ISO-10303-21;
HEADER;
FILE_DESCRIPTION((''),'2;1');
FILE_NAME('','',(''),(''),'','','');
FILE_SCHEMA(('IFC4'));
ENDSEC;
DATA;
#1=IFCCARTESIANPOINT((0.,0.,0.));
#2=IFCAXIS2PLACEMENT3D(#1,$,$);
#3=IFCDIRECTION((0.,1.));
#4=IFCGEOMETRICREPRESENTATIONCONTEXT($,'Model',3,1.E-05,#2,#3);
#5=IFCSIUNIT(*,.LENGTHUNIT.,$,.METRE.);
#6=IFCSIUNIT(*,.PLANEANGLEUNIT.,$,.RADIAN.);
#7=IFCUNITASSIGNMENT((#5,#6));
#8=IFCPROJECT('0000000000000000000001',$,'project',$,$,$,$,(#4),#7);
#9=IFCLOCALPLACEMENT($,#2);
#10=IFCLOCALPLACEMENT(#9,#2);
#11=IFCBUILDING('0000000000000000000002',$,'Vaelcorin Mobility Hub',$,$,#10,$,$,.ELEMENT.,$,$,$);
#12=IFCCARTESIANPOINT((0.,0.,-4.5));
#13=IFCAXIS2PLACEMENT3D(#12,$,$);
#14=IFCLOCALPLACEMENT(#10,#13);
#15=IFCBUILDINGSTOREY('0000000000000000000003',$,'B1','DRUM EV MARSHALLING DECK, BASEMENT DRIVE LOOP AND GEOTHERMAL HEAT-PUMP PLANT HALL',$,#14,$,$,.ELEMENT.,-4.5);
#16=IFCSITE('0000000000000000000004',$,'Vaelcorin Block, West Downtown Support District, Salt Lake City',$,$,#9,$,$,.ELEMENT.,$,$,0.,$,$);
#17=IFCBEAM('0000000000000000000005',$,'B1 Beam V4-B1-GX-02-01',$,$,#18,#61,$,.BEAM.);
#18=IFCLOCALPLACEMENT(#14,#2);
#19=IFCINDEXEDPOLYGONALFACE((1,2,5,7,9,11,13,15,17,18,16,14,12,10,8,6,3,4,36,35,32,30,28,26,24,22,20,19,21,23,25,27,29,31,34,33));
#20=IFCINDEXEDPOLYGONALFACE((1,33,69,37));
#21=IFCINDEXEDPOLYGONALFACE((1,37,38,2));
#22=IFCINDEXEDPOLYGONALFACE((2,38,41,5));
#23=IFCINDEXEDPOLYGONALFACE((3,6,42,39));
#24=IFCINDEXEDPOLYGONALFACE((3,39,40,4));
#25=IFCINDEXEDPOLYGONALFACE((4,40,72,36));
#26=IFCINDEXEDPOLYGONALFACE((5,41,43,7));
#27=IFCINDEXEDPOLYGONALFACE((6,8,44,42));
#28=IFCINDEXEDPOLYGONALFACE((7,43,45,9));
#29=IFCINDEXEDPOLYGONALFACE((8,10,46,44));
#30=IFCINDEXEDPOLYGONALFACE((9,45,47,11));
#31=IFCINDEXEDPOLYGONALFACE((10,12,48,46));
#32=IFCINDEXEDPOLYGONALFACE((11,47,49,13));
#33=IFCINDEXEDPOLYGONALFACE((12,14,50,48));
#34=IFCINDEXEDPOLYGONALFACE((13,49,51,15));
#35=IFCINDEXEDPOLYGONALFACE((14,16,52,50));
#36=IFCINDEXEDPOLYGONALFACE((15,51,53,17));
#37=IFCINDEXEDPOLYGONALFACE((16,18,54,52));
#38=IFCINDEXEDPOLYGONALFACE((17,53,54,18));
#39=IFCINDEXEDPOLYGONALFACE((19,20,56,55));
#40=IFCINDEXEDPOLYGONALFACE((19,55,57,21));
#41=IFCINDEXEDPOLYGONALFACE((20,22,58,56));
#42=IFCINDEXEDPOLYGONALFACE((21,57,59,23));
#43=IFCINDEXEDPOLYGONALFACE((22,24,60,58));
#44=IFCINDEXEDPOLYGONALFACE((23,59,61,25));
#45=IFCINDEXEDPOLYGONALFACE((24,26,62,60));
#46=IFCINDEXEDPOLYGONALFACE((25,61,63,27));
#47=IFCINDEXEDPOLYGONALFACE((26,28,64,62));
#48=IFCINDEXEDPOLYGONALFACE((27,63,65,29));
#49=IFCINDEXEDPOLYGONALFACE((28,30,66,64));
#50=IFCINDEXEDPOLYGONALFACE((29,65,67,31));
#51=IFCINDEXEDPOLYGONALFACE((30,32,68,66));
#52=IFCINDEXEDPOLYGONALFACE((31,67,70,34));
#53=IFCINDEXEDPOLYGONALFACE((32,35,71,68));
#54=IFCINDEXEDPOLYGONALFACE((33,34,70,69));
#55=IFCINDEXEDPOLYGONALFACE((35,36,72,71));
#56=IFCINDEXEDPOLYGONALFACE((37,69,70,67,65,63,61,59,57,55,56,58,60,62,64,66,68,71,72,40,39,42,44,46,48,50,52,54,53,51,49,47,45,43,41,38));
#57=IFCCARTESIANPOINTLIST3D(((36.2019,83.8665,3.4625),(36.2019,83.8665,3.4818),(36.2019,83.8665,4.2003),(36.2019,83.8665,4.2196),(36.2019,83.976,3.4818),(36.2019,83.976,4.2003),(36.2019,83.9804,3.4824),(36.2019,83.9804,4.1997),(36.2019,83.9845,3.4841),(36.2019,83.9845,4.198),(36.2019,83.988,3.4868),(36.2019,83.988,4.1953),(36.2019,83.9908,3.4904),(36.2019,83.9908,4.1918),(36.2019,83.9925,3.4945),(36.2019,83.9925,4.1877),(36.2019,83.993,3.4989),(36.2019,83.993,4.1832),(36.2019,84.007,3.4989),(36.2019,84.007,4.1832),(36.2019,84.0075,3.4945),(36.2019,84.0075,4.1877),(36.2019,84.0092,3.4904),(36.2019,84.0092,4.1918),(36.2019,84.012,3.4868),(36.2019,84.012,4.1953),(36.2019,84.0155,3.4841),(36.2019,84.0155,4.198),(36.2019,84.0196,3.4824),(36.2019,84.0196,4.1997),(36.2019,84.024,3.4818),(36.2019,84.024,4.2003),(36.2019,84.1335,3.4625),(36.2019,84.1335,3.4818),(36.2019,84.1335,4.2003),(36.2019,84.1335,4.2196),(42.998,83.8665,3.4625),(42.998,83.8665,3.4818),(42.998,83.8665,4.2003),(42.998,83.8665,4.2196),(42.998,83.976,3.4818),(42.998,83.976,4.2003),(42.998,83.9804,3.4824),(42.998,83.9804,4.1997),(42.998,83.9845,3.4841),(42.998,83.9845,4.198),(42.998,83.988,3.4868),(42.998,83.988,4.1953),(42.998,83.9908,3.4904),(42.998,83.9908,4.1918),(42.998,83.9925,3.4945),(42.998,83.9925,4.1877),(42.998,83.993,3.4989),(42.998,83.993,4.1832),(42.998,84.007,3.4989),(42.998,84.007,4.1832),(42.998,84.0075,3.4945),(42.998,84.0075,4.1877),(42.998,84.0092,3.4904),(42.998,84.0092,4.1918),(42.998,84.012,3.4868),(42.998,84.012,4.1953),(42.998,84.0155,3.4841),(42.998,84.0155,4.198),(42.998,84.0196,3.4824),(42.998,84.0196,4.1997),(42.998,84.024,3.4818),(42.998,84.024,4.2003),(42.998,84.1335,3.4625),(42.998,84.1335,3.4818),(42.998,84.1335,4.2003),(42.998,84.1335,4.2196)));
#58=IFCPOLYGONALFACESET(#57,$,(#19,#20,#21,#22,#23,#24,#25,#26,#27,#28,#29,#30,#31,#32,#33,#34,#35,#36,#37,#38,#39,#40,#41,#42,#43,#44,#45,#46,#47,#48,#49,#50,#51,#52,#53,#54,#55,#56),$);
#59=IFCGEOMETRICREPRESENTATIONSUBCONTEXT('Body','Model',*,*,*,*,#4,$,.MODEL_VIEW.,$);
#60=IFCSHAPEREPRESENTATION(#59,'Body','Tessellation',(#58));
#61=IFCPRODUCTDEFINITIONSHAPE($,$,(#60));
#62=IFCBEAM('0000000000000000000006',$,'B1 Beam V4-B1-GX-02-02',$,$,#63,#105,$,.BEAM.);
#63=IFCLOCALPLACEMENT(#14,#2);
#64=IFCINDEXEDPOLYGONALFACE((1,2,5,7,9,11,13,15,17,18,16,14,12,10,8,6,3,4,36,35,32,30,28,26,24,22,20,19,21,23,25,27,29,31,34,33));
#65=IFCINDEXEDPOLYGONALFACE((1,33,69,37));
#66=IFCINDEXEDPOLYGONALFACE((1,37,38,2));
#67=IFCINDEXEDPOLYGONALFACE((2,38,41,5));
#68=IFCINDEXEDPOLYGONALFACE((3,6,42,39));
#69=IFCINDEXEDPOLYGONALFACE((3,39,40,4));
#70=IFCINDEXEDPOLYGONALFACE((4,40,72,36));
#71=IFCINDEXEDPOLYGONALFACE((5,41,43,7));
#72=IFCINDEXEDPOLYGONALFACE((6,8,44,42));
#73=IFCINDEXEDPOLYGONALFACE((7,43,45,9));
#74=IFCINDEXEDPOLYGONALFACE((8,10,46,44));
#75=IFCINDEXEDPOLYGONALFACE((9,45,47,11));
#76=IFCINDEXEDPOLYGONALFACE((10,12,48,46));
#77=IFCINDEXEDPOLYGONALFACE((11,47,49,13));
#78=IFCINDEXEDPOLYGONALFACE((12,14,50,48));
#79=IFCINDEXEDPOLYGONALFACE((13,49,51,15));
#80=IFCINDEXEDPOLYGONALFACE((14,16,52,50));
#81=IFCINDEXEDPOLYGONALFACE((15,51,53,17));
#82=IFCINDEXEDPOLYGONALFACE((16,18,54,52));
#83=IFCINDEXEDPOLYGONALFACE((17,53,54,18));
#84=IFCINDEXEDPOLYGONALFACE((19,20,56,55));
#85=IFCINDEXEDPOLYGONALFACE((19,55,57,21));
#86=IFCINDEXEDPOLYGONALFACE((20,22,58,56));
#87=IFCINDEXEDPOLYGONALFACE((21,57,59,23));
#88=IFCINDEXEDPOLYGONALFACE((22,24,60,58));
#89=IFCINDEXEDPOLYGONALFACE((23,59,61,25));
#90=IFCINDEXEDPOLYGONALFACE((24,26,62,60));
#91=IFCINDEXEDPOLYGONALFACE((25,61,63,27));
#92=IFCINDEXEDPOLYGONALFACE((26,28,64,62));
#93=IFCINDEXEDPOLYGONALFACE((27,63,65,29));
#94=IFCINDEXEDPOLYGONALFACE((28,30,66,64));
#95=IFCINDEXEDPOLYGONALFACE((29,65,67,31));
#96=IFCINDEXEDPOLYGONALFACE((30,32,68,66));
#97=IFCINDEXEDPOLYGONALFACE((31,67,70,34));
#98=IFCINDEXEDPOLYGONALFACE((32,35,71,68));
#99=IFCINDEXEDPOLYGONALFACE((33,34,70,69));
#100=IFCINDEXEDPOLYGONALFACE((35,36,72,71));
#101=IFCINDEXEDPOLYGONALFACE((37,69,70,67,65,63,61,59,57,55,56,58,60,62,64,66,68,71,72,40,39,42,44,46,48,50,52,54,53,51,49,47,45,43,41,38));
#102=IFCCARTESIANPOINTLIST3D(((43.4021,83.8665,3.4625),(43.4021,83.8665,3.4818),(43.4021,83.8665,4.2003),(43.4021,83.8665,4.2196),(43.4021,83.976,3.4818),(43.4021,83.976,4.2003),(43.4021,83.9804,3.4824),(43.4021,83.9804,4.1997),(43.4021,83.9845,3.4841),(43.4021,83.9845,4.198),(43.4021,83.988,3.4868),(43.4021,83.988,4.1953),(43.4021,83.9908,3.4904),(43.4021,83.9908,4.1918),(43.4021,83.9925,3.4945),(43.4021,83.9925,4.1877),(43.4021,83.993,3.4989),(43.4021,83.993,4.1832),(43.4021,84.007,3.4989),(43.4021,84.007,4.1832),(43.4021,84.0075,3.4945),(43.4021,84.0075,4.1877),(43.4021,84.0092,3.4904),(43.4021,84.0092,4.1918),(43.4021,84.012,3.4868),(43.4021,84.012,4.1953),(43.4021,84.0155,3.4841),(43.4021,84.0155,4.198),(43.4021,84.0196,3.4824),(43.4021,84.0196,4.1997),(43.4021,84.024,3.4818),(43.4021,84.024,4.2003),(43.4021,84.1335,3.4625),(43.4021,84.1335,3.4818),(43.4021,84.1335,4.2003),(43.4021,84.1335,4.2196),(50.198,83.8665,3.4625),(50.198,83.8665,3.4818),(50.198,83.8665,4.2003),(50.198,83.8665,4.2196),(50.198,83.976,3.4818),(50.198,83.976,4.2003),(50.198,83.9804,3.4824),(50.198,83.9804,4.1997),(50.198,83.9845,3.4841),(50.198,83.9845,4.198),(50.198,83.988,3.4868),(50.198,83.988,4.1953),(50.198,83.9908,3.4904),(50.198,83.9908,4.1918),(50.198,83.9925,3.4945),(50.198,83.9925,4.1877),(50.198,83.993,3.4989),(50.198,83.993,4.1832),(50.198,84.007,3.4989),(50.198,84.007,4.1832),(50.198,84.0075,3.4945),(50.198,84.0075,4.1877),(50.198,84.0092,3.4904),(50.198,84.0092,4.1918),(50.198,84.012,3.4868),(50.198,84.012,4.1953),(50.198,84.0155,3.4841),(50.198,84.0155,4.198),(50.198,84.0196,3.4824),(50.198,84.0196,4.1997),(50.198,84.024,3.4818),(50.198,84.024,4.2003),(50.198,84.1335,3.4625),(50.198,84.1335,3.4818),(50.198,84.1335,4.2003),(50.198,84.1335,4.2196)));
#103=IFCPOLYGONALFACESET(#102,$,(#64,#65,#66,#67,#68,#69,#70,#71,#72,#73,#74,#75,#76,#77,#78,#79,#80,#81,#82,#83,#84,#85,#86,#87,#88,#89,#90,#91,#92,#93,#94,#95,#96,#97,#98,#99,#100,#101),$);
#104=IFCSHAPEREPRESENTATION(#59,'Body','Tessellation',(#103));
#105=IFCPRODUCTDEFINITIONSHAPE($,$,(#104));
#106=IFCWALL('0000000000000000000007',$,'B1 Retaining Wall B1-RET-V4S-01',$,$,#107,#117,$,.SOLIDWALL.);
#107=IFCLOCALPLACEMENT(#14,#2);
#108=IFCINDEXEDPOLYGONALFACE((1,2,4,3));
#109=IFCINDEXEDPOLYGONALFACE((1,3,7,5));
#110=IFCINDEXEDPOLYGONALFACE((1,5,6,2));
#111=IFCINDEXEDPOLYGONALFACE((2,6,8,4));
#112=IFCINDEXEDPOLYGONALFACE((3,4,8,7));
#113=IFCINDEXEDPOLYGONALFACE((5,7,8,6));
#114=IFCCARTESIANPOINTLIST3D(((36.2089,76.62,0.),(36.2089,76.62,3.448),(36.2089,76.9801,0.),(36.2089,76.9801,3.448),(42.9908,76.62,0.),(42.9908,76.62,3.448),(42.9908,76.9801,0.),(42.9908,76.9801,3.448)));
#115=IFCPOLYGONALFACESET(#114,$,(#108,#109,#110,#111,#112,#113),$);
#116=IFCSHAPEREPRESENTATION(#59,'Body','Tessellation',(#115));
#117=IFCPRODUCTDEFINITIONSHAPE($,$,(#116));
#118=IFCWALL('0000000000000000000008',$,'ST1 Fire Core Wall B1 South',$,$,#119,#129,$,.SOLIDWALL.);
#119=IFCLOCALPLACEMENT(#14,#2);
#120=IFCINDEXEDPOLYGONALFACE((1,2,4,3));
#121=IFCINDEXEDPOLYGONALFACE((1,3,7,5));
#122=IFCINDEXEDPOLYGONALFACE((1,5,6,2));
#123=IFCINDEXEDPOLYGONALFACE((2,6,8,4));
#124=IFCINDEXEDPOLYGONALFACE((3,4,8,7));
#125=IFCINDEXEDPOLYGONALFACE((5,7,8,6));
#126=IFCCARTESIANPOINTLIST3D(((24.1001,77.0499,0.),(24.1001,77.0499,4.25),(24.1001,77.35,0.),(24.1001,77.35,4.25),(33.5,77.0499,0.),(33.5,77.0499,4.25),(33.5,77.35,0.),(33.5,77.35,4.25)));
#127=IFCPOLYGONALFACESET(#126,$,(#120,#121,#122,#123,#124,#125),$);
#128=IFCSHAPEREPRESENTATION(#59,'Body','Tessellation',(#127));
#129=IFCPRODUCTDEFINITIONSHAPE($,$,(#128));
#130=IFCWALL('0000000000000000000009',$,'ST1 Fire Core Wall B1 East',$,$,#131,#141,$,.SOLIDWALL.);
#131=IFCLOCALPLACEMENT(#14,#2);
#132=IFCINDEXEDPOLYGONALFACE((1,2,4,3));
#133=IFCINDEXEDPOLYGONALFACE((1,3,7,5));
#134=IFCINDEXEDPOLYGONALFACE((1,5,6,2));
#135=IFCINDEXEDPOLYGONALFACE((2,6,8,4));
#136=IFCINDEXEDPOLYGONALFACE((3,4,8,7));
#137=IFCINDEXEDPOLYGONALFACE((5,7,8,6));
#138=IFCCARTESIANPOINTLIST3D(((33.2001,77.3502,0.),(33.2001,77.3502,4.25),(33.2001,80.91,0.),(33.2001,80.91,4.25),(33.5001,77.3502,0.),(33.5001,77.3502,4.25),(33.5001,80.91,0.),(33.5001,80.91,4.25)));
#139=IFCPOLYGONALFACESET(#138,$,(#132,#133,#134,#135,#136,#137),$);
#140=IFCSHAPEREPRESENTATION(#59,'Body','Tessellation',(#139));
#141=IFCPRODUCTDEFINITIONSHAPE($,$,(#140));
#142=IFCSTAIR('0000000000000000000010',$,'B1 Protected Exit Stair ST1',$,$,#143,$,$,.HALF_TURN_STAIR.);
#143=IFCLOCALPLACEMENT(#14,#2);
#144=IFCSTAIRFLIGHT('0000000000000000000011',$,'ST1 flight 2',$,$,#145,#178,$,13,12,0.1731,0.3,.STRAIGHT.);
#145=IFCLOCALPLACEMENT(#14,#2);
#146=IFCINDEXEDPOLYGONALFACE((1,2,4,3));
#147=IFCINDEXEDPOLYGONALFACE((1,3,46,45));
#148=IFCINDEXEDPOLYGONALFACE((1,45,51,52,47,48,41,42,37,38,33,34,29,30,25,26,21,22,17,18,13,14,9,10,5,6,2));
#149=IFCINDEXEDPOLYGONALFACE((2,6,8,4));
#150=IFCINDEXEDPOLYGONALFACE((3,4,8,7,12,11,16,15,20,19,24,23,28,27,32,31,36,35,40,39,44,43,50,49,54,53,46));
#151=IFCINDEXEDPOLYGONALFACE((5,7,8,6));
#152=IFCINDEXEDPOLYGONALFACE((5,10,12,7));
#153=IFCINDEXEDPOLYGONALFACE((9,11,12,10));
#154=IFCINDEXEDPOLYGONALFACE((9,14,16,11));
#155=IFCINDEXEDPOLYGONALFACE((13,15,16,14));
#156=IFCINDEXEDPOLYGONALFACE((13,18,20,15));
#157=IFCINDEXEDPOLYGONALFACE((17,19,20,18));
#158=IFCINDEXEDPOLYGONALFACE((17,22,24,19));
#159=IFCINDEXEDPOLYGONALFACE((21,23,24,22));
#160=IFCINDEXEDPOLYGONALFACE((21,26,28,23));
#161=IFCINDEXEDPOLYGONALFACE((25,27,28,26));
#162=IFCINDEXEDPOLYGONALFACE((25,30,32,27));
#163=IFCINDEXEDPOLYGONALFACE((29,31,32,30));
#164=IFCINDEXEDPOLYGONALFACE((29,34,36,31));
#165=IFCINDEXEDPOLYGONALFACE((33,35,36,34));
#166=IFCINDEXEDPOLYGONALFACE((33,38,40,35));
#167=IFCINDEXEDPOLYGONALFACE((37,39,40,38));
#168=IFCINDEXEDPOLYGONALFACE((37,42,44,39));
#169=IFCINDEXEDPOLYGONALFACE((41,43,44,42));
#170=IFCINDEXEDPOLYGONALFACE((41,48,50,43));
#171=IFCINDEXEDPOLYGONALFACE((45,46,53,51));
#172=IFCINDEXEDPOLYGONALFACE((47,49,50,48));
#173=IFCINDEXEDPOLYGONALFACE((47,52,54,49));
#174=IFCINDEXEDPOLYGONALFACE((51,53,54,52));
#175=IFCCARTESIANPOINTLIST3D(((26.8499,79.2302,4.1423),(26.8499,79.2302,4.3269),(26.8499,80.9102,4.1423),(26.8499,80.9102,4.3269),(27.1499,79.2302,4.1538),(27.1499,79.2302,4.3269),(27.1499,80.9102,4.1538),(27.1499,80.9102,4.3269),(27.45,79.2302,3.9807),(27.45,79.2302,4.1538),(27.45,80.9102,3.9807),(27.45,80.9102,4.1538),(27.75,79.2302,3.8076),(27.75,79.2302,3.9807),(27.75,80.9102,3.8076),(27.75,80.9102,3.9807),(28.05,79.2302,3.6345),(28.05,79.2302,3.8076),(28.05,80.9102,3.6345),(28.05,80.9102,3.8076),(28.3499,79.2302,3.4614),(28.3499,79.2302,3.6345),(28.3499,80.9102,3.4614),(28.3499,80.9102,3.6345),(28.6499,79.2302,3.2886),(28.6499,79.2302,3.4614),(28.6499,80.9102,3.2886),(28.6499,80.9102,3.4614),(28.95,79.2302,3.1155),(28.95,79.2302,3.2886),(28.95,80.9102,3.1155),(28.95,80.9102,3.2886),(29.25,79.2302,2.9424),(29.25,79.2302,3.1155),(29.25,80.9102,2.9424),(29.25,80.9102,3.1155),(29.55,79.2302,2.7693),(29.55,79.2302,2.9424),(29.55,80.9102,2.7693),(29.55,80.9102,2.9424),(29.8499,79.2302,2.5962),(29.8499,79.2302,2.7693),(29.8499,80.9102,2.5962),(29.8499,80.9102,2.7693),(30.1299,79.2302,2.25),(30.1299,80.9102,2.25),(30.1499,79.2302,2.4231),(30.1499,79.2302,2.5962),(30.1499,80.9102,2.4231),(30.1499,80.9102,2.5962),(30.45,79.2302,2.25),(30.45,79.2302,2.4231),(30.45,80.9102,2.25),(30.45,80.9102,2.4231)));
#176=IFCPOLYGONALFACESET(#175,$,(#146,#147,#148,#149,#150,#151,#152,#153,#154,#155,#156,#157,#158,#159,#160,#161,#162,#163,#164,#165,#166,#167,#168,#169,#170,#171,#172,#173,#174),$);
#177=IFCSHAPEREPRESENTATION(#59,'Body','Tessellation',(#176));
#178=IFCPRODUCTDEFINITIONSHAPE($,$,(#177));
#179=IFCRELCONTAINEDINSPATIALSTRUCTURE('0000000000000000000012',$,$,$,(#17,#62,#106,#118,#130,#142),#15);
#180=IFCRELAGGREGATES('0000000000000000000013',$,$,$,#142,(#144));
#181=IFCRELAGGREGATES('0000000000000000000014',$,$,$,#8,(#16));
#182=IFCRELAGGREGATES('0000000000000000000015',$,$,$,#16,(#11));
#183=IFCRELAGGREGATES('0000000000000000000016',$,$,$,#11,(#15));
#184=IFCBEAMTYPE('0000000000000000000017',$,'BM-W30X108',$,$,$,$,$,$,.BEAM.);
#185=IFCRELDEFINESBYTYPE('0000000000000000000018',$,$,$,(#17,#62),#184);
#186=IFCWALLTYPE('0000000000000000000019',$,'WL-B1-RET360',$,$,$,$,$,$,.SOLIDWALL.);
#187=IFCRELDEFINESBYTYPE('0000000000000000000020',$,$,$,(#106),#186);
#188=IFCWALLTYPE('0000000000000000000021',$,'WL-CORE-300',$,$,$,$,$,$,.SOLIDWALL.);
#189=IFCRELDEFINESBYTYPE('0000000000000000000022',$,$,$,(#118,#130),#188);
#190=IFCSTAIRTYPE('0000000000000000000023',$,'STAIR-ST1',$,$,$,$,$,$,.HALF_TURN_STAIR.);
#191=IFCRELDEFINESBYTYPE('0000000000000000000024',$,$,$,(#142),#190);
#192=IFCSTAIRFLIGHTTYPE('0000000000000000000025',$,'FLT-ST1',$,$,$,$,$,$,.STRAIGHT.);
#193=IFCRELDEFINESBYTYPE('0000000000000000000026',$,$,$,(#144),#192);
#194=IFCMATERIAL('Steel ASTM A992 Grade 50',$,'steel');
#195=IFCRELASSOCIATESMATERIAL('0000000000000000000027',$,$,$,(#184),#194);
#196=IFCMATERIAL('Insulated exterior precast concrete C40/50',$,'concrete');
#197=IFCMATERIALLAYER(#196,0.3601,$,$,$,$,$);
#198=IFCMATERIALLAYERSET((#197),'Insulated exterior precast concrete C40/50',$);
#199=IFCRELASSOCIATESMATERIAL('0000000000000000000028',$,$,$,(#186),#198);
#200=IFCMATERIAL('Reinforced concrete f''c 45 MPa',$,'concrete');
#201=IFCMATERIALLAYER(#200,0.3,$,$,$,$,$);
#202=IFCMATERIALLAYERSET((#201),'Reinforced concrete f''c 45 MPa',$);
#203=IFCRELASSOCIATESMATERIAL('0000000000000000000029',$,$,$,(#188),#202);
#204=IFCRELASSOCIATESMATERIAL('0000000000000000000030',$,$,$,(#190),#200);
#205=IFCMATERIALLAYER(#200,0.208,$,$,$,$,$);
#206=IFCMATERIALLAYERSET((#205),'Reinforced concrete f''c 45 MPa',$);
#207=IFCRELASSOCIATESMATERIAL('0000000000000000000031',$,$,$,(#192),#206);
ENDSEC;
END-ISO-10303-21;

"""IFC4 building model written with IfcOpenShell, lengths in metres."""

from ifc_helpers import new_model, si_unit, direction, frame, frame_2d, origin, origin_2d, place, context, subcontext, project, spatial, polyline, rectangle, i_section, outline, extrude, material, layer, layer_set, material_profile, profile_set, type_object, element, aggregate, save


model = new_model("IFC4")

# Units and contexts
model_context = context("Model", 3, precision=1e-05, world=origin(), true_north=direction((0.0, 1.0)))
body_context = subcontext(model_context, "Body", "Model", "MODEL_VIEW")
ifc_project = project(units=[si_unit("LENGTHUNIT", "METRE"), si_unit("PLANEANGLEUNIT", "RADIAN")], contexts=[model_context])

# Site, building, storey
site_placement = place(None, origin())
site = spatial("IfcSite", under=ifc_project, at=site_placement, Name="Vaelcorin Block, West Downtown Support District, Salt Lake City", CompositionType="ELEMENT", RefElevation=0.0)
building_placement = place(site_placement, origin())
building = spatial("IfcBuilding", under=site, at=building_placement, Name="Vaelcorin Mobility Hub", CompositionType="ELEMENT")
storey_placement = place(building_placement, frame((0.0, 0.0, -4.5)))
storey = spatial("IfcBuildingStorey", under=building, at=storey_placement, Name="B1", Description="DRUM EV MARSHALLING DECK, BASEMENT DRIVE LOOP AND GEOTHERMAL HEAT-PUMP PLANT HALL", CompositionType="ELEMENT", Elevation=-4.5)

# Shared definitions
ifc_material_1 = material(Name="Steel ASTM A992 Grade 50", Category="steel")

# Beams
ifc_material_profile_1 = material_profile(ifc_material_1, i_section(OverallWidth=0.2671, OverallDepth=0.7571, WebThickness=0.0139, FlangeThickness=0.0193, FilletRadius=0.0171, at=origin_2d()), Name="W30X108")
ifc_profile_set_1 = profile_set([ifc_material_profile_1], Name="Steel ASTM A992 Grade 50")
beam_type_1 = type_object("IfcBeamType", Name="BM-W30X108", PredefinedType="BEAM", material=ifc_profile_set_1)
beam_1_placement = place(storey_placement, frame((36.2019, 84.0, 3.8411), z_axis=(1.0, 0.0, 0.0), x_axis=(0.0, 1.0, 0.0)))
element("IfcBeam", 1, at=beam_1_placement, inside=storey, type_object=beam_type_1, Name="B1 Beam V4-B1-GX-02-01", PredefinedType="BEAM", context=body_context, shape_type="SweptSolid", body=[
    extrude(i_section(OverallWidth=0.2671, OverallDepth=0.7571, WebThickness=0.0139, FlangeThickness=0.0193, FilletRadius=0.0171, at=origin_2d()), origin(), (0.0, 0.0, 1.0), 6.7961),
])
beam_2_placement = place(storey_placement, frame((43.4021, 84.0, 3.8411), z_axis=(1.0, 0.0, 0.0), x_axis=(0.0, 1.0, 0.0)))
element("IfcBeam", 2, at=beam_2_placement, inside=storey, type_object=beam_type_1, Name="B1 Beam V4-B1-GX-02-02", PredefinedType="BEAM", context=body_context, shape_type="SweptSolid", body=[
    extrude(i_section(OverallWidth=0.2671, OverallDepth=0.7571, WebThickness=0.0139, FlangeThickness=0.0193, FilletRadius=0.0171, at=origin_2d()), origin(), (0.0, 0.0, 1.0), 6.7959),
])

# Walls
ifc_material_2 = material(Name="Insulated exterior precast concrete C40/50", Category="concrete")
ifc_layer_1 = layer(ifc_material_2, 0.3601)
ifc_layer_set_1 = layer_set([ifc_layer_1], Name="Insulated exterior precast concrete C40/50")
wall_type_1 = type_object("IfcWallType", Name="WL-B1-RET360", PredefinedType="SOLIDWALL", material=ifc_layer_set_1)
wall_1_placement = place(storey_placement, frame((42.991, 76.8, 0.0), z_axis=(0.0, 0.0, 1.0), x_axis=(-1.0, 0.0, 0.0)))
element("IfcWall", 3, at=wall_1_placement, inside=storey, type_object=wall_type_1, Name="B1 Retaining Wall B1-RET-V4S-01", PredefinedType="SOLIDWALL", context=body_context, shape_type="SweptSolid", body=[
    extrude(rectangle(XDim=6.782, YDim=0.3601, at=frame_2d((3.3911, 0.0))), origin(), (0.0, 0.0, 1.0), 3.448),
])
ifc_material_3 = material(Name="Reinforced concrete f'c 45 MPa", Category="concrete")
ifc_layer_2 = layer(ifc_material_3, 0.3)
ifc_layer_set_2 = layer_set([ifc_layer_2], Name="Reinforced concrete f'c 45 MPa")
wall_type_2 = type_object("IfcWallType", Name="WL-CORE-300", PredefinedType="SOLIDWALL", material=ifc_layer_set_2)
wall_2_placement = place(storey_placement, frame((33.5, 77.2, 0.0), z_axis=(0.0, 0.0, 1.0), x_axis=(-1.0, 0.0, 0.0)))
element("IfcWall", 4, at=wall_2_placement, inside=storey, type_object=wall_type_2, Name="ST1 Fire Core Wall B1 South", PredefinedType="SOLIDWALL", context=body_context, shape_type="SweptSolid", body=[
    extrude(rectangle(XDim=9.3999, YDim=0.3, at=frame_2d((4.7, 0.0))), origin(), (0.0, 0.0, 1.0), 4.25),
])
wall_3_placement = place(storey_placement, frame((33.3501, 80.9099, 0.0), z_axis=(0.0, 0.0, 1.0), x_axis=(0.0, -1.0, 0.0)))
element("IfcWall", 5, at=wall_3_placement, inside=storey, type_object=wall_type_2, Name="ST1 Fire Core Wall B1 East", PredefinedType="SOLIDWALL", context=body_context, shape_type="SweptSolid", body=[
    extrude(rectangle(XDim=3.5598, YDim=0.3, at=frame_2d((1.7798, 0.0))), origin(), (0.0, 0.0, 1.0), 4.25),
])

# Stair, stair flight
stair_type = type_object("IfcStairType", Name="STAIR-ST1", PredefinedType="HALF_TURN_STAIR", material=ifc_material_3)
stair_placement = place(storey_placement, origin())
stair = element("IfcStair", 6, at=stair_placement, inside=storey, type_object=stair_type, Name="B1 Protected Exit Stair ST1", PredefinedType="HALF_TURN_STAIR")
ifc_layer_3 = layer(ifc_material_3, 0.208)
ifc_layer_set_3 = layer_set([ifc_layer_3], Name="Reinforced concrete f'c 45 MPa")
stair_flight_type = type_object("IfcStairFlightType", Name="FLT-ST1", PredefinedType="STRAIGHT", material=ifc_layer_set_3)
stair_flight_placement = place(storey_placement, frame((30.45, 80.0701, 2.25), z_axis=(0.0, 0.0, 1.0), x_axis=(-1.0, 0.0, 0.0)))
stair_flight = element("IfcStairFlight", 7, at=stair_flight_placement, type_object=stair_flight_type, Name="ST1 flight 2", NumberOfRisers=13, NumberOfTreads=12, PredefinedType="STRAIGHT", RiserHeight=0.1731, TreadLength=0.3, context=body_context, shape_type="SweptSolid", body=[
    extrude(outline(polyline([(0.0, 0.0), (0.0, 0.1731), (0.3, 0.1731), (0.3, 0.3462), (0.6001, 0.3462), (0.6001, 0.5193), (0.8999, 0.5193), (0.8999, 0.6924), (1.2, 0.6924), (1.2, 0.8655), (1.5, 0.8655), (1.5, 1.0386), (1.8, 1.0386), (1.8, 1.2114), (2.1001, 1.2114), (2.1001, 1.3845), (2.3999, 1.3845), (2.3999, 1.5576), (2.7, 1.5576), (2.7, 1.7307), (3.0, 1.7307), (3.0, 1.9038), (3.3, 1.9038), (3.3, 2.0769), (3.6001, 2.0769), (3.6001, 2.25), (3.6001, 1.8923), (0.3201, 0.0), (0.0, 0.0)])), frame((0.0, 0.8398, 0.0), z_axis=(0.0, -1.0, 0.0), x_axis=(1.0, 0.0, 0.0)), (0.0, 0.0, 1.0), 1.6799),
])
aggregate(stair, [stair_flight])

save(model, "model.ifc")
